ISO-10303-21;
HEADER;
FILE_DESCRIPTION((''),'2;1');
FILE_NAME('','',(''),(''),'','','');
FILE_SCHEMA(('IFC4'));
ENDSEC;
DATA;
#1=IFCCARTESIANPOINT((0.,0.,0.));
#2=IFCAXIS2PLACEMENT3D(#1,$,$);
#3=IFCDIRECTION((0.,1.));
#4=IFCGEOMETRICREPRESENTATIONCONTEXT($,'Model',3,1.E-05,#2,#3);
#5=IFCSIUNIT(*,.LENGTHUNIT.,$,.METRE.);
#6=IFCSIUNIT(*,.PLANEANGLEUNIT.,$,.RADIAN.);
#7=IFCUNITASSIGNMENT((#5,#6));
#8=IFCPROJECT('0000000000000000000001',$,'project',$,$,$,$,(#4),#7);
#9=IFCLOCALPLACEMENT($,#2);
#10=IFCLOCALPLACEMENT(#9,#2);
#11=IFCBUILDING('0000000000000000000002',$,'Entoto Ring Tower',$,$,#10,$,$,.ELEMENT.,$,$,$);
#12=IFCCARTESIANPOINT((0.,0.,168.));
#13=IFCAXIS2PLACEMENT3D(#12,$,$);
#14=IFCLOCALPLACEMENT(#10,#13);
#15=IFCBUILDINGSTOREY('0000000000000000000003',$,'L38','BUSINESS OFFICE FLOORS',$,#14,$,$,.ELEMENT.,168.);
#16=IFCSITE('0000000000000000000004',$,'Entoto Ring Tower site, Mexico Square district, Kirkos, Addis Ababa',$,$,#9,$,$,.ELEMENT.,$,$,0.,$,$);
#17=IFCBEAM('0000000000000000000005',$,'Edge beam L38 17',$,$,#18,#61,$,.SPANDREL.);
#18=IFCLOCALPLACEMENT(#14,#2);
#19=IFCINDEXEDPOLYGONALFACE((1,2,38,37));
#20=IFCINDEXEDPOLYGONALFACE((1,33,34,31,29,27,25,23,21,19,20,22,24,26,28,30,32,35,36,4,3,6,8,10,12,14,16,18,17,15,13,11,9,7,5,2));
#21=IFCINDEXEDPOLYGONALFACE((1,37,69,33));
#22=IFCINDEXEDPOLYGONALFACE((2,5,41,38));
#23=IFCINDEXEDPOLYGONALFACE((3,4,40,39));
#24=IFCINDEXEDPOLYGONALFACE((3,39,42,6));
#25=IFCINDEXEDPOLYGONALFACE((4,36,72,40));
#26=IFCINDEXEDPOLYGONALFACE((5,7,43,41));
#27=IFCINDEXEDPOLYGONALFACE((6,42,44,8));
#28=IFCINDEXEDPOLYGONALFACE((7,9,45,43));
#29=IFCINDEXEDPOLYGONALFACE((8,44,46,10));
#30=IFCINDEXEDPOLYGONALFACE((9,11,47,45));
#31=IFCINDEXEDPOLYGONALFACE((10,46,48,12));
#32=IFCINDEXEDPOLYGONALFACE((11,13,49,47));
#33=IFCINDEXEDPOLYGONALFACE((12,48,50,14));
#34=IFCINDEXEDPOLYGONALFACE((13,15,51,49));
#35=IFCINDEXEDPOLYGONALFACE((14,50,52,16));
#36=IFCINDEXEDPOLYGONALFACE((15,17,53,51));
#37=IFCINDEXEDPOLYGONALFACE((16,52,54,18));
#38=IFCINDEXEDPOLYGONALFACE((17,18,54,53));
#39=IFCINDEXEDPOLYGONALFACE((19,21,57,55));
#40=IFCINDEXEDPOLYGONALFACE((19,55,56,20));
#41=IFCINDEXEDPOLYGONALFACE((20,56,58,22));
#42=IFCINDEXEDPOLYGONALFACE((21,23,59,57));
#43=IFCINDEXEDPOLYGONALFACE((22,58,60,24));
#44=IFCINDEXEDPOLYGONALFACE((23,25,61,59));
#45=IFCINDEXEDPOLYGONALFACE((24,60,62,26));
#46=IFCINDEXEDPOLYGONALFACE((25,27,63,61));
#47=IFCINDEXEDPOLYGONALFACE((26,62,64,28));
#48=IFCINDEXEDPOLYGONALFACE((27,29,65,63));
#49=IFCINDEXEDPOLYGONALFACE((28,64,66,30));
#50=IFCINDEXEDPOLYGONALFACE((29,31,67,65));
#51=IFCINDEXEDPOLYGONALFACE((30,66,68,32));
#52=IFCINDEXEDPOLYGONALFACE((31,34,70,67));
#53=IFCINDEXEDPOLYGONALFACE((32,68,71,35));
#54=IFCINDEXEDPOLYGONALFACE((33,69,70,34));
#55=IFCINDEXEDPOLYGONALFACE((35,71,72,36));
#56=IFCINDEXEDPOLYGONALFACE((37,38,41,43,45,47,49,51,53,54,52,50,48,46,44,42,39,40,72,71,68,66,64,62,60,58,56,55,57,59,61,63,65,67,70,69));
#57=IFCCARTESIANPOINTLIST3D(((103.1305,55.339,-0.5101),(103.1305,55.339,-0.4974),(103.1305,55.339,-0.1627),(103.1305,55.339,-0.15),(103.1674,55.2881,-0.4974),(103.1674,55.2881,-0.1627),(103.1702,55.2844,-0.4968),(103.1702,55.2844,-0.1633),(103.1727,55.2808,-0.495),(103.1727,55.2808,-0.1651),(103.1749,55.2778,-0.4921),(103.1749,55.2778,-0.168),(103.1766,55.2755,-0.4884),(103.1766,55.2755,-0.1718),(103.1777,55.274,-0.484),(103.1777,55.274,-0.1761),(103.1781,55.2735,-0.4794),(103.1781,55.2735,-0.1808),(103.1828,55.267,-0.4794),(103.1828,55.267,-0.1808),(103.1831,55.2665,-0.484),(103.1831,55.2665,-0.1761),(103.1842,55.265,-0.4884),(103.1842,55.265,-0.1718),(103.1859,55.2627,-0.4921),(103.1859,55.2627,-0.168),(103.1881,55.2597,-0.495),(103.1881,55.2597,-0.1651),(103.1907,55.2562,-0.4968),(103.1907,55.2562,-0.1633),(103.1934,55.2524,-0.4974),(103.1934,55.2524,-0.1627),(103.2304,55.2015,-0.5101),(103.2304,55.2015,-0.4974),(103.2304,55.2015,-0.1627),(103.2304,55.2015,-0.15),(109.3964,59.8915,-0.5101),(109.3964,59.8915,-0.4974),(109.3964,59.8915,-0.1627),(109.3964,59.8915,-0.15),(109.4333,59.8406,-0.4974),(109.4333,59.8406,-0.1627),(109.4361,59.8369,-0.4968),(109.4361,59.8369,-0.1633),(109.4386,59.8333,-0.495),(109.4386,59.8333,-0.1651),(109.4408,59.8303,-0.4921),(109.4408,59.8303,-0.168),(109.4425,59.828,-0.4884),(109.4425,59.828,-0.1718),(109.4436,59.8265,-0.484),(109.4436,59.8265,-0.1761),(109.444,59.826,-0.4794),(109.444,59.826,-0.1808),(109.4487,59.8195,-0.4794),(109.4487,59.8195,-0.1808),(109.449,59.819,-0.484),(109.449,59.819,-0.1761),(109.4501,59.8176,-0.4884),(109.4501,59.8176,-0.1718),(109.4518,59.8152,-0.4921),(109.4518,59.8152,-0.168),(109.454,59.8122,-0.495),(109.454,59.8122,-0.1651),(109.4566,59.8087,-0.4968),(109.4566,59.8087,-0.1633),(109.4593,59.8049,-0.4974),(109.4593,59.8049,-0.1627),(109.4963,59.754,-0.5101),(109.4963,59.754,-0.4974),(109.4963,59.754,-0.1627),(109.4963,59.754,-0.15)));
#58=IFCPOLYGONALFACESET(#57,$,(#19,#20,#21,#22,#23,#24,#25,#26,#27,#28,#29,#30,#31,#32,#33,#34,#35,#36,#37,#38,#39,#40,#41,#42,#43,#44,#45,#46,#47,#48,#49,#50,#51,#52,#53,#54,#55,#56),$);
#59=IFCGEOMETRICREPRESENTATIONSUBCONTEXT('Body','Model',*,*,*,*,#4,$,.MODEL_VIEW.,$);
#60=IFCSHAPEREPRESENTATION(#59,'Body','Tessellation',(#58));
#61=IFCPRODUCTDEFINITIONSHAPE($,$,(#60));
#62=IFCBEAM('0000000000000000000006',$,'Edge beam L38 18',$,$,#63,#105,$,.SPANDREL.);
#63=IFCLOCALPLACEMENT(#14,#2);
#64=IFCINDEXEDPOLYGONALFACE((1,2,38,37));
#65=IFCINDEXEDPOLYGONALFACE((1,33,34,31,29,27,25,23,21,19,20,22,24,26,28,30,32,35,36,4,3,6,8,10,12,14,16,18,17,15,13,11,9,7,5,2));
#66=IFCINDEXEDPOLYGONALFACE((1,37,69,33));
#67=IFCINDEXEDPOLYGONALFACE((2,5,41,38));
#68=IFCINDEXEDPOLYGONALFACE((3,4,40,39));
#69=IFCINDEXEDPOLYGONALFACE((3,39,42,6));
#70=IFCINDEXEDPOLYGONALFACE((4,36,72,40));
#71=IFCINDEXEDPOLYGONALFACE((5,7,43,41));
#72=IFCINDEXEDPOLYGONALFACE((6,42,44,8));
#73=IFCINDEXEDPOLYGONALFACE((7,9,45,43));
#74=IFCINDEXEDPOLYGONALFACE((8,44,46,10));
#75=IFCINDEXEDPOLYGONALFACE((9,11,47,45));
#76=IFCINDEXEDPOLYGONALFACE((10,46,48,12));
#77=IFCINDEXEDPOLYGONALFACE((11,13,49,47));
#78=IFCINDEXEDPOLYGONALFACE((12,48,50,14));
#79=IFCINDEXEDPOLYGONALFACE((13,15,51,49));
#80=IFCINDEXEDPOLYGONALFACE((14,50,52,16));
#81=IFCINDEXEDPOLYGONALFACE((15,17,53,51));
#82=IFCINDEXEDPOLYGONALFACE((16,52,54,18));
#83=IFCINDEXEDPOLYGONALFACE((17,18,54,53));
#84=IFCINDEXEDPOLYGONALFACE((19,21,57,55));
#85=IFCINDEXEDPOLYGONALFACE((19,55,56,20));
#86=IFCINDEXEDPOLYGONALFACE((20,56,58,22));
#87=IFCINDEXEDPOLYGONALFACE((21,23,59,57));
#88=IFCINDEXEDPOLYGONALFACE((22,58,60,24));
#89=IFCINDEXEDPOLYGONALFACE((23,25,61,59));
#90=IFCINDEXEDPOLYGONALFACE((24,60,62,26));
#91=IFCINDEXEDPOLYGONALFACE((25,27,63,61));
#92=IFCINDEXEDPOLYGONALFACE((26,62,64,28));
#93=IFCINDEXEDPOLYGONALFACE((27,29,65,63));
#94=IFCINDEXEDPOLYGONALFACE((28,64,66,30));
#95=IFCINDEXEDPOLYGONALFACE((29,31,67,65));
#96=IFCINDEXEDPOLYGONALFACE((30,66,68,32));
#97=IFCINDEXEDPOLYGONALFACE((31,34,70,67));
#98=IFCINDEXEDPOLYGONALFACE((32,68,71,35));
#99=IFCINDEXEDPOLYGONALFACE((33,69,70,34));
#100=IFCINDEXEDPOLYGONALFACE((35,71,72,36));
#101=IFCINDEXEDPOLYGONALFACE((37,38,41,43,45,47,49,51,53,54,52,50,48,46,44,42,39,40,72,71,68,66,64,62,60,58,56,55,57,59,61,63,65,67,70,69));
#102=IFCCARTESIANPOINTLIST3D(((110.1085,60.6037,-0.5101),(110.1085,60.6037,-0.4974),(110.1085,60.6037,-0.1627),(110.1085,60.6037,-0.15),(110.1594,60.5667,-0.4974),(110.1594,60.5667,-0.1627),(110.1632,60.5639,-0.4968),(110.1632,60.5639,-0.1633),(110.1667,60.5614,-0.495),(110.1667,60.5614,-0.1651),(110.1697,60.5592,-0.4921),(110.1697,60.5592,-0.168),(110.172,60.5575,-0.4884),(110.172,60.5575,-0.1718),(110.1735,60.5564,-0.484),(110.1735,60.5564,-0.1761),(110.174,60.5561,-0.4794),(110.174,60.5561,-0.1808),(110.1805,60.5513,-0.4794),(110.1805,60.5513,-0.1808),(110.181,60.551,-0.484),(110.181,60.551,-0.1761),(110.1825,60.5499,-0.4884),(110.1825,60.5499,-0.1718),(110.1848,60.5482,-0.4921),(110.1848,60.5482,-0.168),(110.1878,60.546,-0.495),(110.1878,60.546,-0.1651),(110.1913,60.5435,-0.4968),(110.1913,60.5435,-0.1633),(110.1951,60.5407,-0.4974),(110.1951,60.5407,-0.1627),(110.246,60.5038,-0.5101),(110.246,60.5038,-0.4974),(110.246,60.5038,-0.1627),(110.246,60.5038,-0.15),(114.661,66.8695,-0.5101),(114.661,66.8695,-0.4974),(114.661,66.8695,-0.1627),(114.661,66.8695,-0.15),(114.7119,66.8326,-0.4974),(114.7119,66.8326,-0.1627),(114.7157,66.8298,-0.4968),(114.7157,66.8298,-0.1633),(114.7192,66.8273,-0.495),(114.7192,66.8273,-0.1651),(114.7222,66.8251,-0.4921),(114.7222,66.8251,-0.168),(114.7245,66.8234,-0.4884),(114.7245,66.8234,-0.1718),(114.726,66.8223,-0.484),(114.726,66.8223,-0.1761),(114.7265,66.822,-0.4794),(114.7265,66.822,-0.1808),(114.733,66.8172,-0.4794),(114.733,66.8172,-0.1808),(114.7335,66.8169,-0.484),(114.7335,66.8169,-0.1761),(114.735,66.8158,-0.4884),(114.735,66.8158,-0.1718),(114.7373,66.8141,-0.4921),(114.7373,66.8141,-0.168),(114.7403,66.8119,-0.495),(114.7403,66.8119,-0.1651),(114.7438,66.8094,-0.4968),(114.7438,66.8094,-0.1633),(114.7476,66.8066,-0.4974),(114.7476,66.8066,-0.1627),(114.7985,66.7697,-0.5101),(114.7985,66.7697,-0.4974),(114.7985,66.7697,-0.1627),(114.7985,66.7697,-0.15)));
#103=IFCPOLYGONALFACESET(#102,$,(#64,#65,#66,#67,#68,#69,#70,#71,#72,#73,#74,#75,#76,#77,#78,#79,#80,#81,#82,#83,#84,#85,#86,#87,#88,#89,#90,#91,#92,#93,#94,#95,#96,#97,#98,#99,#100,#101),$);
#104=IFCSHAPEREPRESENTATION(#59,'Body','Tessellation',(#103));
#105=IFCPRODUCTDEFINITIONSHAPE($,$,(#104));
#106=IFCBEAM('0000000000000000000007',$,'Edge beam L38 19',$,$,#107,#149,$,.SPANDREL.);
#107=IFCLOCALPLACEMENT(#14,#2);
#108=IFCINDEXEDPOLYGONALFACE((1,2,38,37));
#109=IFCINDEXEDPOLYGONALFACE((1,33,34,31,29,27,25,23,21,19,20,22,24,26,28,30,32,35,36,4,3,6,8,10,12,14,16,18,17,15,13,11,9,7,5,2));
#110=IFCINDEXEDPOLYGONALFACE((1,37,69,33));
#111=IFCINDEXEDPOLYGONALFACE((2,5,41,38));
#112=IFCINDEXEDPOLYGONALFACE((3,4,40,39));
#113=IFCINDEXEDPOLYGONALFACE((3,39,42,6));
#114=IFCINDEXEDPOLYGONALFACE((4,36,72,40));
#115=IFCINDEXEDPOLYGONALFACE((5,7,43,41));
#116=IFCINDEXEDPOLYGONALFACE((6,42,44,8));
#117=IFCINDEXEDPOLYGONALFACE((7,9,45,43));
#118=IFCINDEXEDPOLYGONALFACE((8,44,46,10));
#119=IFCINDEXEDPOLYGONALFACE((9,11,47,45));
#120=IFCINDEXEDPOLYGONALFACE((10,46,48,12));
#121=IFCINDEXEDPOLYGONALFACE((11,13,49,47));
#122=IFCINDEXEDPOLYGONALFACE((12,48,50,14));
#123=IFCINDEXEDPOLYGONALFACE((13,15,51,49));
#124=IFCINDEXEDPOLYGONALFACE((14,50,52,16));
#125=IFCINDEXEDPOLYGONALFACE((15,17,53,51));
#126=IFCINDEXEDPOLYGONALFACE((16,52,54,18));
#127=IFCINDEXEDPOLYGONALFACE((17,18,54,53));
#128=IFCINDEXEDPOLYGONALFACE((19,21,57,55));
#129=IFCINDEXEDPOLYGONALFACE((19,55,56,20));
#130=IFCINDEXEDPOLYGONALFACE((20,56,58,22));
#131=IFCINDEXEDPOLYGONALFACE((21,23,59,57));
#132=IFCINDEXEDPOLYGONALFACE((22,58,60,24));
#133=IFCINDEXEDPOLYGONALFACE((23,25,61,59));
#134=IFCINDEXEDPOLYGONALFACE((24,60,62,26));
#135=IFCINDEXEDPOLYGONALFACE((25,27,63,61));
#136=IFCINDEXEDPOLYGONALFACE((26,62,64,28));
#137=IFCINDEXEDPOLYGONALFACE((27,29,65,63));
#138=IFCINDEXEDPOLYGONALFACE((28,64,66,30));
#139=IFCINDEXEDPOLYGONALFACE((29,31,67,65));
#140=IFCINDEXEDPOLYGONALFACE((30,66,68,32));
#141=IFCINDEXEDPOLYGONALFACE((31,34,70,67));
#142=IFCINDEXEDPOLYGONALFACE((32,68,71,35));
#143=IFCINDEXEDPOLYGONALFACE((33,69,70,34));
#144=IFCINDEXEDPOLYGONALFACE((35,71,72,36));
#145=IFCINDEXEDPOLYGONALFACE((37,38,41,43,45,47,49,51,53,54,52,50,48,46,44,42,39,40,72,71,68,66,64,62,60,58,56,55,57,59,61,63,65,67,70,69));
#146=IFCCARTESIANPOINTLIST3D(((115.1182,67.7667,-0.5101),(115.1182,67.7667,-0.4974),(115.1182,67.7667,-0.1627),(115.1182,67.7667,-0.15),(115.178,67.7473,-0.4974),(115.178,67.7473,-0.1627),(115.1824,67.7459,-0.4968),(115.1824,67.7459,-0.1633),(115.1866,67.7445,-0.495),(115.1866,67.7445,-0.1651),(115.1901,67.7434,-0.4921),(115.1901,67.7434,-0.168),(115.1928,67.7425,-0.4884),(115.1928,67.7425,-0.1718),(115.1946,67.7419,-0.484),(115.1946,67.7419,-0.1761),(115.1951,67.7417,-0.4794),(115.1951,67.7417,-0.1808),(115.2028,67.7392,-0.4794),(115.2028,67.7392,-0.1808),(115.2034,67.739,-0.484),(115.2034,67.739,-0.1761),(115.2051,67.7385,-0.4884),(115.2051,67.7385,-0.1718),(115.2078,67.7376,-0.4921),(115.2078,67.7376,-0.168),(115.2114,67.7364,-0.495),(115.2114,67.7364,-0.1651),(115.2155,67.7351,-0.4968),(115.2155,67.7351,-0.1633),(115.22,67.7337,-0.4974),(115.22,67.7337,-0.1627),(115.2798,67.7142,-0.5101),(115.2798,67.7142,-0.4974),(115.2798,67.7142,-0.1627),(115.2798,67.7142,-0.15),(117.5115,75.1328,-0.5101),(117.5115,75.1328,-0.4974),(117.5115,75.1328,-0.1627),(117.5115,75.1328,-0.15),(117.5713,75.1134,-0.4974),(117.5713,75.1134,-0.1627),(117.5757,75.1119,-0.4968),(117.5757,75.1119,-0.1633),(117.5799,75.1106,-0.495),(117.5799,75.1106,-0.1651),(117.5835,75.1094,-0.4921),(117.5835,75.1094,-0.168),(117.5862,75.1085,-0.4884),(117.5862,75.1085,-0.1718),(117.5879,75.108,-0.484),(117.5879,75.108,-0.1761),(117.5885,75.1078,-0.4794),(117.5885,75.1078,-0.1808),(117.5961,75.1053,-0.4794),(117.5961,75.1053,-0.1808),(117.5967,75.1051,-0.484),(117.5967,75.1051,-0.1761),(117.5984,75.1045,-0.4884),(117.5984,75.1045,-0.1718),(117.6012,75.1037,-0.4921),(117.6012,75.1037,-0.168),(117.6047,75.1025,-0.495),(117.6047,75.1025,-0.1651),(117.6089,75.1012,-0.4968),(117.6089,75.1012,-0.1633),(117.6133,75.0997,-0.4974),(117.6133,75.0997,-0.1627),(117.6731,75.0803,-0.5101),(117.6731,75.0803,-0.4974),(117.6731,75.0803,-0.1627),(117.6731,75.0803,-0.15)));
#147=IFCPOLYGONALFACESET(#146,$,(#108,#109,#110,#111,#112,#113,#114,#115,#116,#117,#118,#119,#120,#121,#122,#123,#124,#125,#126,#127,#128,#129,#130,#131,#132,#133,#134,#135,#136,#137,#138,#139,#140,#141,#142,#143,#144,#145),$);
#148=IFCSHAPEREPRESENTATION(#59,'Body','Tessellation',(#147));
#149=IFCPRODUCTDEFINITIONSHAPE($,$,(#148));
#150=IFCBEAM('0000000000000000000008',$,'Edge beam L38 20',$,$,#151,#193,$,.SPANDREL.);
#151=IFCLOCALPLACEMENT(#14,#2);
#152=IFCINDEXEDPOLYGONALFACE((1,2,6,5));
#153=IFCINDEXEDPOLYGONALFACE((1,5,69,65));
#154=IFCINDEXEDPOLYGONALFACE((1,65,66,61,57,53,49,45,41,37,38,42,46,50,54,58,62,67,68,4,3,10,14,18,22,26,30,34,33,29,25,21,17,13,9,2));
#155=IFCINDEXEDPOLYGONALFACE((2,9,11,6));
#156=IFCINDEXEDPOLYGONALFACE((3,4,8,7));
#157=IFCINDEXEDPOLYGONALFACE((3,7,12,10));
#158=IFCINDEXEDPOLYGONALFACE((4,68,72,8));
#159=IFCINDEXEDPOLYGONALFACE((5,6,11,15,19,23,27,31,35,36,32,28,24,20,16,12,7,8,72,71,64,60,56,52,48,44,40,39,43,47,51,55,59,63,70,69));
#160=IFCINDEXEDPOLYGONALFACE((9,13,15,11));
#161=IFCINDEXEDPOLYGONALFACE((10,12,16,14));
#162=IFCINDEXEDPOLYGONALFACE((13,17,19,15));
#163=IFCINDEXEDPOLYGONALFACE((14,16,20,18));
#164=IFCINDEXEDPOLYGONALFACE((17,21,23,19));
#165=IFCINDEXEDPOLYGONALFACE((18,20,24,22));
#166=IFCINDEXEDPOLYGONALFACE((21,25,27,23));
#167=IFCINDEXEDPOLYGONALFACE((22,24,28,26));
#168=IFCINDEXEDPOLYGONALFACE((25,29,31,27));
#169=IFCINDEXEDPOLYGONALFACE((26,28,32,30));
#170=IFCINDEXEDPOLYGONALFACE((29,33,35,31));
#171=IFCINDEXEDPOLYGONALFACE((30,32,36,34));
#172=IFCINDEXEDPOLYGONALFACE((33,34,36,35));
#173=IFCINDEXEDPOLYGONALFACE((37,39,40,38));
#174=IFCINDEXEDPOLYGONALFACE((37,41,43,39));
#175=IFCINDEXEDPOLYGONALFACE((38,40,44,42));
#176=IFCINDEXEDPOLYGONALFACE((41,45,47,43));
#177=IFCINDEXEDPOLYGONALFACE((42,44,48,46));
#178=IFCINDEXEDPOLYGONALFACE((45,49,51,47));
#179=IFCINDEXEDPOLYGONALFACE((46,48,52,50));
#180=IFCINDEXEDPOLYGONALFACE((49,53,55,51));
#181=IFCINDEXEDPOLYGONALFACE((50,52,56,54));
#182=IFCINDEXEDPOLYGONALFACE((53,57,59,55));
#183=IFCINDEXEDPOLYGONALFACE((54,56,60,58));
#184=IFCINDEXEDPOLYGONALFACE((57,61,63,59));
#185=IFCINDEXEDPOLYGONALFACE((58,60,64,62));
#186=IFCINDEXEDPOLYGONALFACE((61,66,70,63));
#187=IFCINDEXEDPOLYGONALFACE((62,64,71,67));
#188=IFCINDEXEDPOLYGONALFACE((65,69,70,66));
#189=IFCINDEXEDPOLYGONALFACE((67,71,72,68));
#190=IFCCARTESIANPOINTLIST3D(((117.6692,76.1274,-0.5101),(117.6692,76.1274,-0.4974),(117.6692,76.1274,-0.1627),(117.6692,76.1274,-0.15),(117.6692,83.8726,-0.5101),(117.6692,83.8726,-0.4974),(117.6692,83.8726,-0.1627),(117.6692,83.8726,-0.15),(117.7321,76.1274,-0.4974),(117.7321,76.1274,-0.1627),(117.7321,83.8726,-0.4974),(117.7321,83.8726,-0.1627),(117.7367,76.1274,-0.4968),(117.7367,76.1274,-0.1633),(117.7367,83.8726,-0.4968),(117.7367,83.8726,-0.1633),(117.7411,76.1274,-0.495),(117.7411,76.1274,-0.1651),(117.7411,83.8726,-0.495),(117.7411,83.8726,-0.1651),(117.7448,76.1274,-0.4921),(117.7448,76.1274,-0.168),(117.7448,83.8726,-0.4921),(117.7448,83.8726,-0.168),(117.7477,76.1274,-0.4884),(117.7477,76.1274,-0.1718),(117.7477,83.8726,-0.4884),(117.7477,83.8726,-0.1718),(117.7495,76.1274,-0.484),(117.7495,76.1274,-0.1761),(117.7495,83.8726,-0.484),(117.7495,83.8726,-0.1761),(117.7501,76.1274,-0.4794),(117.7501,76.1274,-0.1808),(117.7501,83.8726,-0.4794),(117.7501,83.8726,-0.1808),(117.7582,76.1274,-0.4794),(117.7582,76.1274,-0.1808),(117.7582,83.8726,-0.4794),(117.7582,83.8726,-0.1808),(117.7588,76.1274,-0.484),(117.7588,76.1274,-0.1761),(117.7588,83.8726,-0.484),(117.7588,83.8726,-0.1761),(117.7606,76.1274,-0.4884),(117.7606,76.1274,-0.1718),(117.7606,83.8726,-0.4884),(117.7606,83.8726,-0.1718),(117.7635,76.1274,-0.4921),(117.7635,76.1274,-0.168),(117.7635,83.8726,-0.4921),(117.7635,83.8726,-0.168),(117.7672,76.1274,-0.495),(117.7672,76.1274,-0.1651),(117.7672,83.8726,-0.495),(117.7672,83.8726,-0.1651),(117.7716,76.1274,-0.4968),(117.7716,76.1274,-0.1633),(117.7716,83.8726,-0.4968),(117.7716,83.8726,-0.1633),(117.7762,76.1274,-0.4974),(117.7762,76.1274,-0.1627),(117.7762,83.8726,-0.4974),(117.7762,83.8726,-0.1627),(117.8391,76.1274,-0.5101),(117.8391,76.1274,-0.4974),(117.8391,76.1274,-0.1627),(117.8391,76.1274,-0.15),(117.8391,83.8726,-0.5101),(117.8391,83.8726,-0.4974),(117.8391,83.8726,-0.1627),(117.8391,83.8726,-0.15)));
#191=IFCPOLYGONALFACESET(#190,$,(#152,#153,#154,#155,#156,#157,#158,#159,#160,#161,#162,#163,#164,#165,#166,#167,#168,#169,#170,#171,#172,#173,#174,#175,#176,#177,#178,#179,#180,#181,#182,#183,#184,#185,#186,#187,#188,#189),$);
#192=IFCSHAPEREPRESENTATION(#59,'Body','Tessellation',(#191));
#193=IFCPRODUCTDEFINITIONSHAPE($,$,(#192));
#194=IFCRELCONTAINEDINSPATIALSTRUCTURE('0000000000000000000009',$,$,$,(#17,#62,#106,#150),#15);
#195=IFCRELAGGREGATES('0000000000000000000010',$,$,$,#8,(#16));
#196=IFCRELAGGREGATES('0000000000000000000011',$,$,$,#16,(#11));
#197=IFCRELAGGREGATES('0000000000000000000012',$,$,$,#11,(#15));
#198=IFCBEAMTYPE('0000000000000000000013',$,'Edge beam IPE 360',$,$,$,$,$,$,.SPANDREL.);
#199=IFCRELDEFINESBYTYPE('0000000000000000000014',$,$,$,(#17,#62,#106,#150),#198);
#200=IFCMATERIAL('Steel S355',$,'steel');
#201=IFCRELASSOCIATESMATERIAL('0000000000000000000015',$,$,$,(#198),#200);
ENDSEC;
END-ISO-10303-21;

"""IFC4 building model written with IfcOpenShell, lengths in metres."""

from ifc_helpers import new_model, si_unit, direction, frame, origin, origin_2d, place, context, subcontext, project, spatial, i_section, extrude, material, material_profile, profile_set, type_object, element, save


model = new_model("IFC4")

# Units and contexts
model_context = context("Model", 3, precision=1e-05, world=origin(), true_north=direction((0.0, 1.0)))
body_context = subcontext(model_context, "Body", "Model", "MODEL_VIEW")
ifc_project = project(units=[si_unit("LENGTHUNIT", "METRE"), si_unit("PLANEANGLEUNIT", "RADIAN")], contexts=[model_context])

# Site, building, storey
site_placement = place(None, origin())
site = spatial("IfcSite", under=ifc_project, at=site_placement, Name="Entoto Ring Tower site, Mexico Square district, Kirkos, Addis Ababa", CompositionType="ELEMENT", RefElevation=0.0)
building_placement = place(site_placement, origin())
building = spatial("IfcBuilding", under=site, at=building_placement, Name="Entoto Ring Tower", CompositionType="ELEMENT")
storey_placement = place(building_placement, frame((0.0, 0.0, 168.0)))
storey = spatial("IfcBuildingStorey", under=building, at=storey_placement, Name="L38", Description="BUSINESS OFFICE FLOORS", CompositionType="ELEMENT", Elevation=168.0)

# Beams
ifc_material_1 = material(Name="Steel S355", Category="steel")
ifc_material_profile_1 = material_profile(ifc_material_1, i_section(OverallWidth=0.1699, OverallDepth=0.3601, WebThickness=0.0081, FlangeThickness=0.0127, FilletRadius=0.0181, at=origin_2d()), Name="IPE 360")
ifc_profile_set_1 = profile_set([ifc_material_profile_1], Name="Steel S355")
beam_type_1 = type_object("IfcBeamType", Name="Edge beam IPE 360", PredefinedType="SPANDREL", material=ifc_profile_set_1)
for number, where, z_axis, x_axis, name in (
    (1, (103.1804, 55.2703, -0.3301), (0.809013, 0.587791, 0.0), (-0.587791, 0.809013, 0.0), "Edge beam L38 17"),
    (2, (110.1772, 60.5537, -0.3301), (0.587791, 0.809013, 0.0), (-0.809013, 0.587791, 0.0), "Edge beam L38 18"),
    (3, (115.199, 67.7405, -0.3301), (0.309013, 0.951058, 0.0), (-0.951058, 0.309013, 0.0), "Edge beam L38 19"),
    (4, (117.7542, 76.1274, -0.3301), (0.0, 1.0, 0.0), (-1.0, 0.0, 0.0), "Edge beam L38 20"),
):
    element("IfcBeam", number, at=place(storey_placement, frame(where, z_axis=z_axis, x_axis=x_axis)), inside=storey, type_object=beam_type_1, Name=name, PredefinedType="SPANDREL", context=body_context, shape_type="SweptSolid", body=[
        extrude(i_section(OverallWidth=0.1699, OverallDepth=0.3601, WebThickness=0.0081, FlangeThickness=0.0127, FilletRadius=0.0181, at=origin_2d()), origin(), (0.0, 0.0, 1.0), 7.7451),
    ])

save(model, "model.ifc")
